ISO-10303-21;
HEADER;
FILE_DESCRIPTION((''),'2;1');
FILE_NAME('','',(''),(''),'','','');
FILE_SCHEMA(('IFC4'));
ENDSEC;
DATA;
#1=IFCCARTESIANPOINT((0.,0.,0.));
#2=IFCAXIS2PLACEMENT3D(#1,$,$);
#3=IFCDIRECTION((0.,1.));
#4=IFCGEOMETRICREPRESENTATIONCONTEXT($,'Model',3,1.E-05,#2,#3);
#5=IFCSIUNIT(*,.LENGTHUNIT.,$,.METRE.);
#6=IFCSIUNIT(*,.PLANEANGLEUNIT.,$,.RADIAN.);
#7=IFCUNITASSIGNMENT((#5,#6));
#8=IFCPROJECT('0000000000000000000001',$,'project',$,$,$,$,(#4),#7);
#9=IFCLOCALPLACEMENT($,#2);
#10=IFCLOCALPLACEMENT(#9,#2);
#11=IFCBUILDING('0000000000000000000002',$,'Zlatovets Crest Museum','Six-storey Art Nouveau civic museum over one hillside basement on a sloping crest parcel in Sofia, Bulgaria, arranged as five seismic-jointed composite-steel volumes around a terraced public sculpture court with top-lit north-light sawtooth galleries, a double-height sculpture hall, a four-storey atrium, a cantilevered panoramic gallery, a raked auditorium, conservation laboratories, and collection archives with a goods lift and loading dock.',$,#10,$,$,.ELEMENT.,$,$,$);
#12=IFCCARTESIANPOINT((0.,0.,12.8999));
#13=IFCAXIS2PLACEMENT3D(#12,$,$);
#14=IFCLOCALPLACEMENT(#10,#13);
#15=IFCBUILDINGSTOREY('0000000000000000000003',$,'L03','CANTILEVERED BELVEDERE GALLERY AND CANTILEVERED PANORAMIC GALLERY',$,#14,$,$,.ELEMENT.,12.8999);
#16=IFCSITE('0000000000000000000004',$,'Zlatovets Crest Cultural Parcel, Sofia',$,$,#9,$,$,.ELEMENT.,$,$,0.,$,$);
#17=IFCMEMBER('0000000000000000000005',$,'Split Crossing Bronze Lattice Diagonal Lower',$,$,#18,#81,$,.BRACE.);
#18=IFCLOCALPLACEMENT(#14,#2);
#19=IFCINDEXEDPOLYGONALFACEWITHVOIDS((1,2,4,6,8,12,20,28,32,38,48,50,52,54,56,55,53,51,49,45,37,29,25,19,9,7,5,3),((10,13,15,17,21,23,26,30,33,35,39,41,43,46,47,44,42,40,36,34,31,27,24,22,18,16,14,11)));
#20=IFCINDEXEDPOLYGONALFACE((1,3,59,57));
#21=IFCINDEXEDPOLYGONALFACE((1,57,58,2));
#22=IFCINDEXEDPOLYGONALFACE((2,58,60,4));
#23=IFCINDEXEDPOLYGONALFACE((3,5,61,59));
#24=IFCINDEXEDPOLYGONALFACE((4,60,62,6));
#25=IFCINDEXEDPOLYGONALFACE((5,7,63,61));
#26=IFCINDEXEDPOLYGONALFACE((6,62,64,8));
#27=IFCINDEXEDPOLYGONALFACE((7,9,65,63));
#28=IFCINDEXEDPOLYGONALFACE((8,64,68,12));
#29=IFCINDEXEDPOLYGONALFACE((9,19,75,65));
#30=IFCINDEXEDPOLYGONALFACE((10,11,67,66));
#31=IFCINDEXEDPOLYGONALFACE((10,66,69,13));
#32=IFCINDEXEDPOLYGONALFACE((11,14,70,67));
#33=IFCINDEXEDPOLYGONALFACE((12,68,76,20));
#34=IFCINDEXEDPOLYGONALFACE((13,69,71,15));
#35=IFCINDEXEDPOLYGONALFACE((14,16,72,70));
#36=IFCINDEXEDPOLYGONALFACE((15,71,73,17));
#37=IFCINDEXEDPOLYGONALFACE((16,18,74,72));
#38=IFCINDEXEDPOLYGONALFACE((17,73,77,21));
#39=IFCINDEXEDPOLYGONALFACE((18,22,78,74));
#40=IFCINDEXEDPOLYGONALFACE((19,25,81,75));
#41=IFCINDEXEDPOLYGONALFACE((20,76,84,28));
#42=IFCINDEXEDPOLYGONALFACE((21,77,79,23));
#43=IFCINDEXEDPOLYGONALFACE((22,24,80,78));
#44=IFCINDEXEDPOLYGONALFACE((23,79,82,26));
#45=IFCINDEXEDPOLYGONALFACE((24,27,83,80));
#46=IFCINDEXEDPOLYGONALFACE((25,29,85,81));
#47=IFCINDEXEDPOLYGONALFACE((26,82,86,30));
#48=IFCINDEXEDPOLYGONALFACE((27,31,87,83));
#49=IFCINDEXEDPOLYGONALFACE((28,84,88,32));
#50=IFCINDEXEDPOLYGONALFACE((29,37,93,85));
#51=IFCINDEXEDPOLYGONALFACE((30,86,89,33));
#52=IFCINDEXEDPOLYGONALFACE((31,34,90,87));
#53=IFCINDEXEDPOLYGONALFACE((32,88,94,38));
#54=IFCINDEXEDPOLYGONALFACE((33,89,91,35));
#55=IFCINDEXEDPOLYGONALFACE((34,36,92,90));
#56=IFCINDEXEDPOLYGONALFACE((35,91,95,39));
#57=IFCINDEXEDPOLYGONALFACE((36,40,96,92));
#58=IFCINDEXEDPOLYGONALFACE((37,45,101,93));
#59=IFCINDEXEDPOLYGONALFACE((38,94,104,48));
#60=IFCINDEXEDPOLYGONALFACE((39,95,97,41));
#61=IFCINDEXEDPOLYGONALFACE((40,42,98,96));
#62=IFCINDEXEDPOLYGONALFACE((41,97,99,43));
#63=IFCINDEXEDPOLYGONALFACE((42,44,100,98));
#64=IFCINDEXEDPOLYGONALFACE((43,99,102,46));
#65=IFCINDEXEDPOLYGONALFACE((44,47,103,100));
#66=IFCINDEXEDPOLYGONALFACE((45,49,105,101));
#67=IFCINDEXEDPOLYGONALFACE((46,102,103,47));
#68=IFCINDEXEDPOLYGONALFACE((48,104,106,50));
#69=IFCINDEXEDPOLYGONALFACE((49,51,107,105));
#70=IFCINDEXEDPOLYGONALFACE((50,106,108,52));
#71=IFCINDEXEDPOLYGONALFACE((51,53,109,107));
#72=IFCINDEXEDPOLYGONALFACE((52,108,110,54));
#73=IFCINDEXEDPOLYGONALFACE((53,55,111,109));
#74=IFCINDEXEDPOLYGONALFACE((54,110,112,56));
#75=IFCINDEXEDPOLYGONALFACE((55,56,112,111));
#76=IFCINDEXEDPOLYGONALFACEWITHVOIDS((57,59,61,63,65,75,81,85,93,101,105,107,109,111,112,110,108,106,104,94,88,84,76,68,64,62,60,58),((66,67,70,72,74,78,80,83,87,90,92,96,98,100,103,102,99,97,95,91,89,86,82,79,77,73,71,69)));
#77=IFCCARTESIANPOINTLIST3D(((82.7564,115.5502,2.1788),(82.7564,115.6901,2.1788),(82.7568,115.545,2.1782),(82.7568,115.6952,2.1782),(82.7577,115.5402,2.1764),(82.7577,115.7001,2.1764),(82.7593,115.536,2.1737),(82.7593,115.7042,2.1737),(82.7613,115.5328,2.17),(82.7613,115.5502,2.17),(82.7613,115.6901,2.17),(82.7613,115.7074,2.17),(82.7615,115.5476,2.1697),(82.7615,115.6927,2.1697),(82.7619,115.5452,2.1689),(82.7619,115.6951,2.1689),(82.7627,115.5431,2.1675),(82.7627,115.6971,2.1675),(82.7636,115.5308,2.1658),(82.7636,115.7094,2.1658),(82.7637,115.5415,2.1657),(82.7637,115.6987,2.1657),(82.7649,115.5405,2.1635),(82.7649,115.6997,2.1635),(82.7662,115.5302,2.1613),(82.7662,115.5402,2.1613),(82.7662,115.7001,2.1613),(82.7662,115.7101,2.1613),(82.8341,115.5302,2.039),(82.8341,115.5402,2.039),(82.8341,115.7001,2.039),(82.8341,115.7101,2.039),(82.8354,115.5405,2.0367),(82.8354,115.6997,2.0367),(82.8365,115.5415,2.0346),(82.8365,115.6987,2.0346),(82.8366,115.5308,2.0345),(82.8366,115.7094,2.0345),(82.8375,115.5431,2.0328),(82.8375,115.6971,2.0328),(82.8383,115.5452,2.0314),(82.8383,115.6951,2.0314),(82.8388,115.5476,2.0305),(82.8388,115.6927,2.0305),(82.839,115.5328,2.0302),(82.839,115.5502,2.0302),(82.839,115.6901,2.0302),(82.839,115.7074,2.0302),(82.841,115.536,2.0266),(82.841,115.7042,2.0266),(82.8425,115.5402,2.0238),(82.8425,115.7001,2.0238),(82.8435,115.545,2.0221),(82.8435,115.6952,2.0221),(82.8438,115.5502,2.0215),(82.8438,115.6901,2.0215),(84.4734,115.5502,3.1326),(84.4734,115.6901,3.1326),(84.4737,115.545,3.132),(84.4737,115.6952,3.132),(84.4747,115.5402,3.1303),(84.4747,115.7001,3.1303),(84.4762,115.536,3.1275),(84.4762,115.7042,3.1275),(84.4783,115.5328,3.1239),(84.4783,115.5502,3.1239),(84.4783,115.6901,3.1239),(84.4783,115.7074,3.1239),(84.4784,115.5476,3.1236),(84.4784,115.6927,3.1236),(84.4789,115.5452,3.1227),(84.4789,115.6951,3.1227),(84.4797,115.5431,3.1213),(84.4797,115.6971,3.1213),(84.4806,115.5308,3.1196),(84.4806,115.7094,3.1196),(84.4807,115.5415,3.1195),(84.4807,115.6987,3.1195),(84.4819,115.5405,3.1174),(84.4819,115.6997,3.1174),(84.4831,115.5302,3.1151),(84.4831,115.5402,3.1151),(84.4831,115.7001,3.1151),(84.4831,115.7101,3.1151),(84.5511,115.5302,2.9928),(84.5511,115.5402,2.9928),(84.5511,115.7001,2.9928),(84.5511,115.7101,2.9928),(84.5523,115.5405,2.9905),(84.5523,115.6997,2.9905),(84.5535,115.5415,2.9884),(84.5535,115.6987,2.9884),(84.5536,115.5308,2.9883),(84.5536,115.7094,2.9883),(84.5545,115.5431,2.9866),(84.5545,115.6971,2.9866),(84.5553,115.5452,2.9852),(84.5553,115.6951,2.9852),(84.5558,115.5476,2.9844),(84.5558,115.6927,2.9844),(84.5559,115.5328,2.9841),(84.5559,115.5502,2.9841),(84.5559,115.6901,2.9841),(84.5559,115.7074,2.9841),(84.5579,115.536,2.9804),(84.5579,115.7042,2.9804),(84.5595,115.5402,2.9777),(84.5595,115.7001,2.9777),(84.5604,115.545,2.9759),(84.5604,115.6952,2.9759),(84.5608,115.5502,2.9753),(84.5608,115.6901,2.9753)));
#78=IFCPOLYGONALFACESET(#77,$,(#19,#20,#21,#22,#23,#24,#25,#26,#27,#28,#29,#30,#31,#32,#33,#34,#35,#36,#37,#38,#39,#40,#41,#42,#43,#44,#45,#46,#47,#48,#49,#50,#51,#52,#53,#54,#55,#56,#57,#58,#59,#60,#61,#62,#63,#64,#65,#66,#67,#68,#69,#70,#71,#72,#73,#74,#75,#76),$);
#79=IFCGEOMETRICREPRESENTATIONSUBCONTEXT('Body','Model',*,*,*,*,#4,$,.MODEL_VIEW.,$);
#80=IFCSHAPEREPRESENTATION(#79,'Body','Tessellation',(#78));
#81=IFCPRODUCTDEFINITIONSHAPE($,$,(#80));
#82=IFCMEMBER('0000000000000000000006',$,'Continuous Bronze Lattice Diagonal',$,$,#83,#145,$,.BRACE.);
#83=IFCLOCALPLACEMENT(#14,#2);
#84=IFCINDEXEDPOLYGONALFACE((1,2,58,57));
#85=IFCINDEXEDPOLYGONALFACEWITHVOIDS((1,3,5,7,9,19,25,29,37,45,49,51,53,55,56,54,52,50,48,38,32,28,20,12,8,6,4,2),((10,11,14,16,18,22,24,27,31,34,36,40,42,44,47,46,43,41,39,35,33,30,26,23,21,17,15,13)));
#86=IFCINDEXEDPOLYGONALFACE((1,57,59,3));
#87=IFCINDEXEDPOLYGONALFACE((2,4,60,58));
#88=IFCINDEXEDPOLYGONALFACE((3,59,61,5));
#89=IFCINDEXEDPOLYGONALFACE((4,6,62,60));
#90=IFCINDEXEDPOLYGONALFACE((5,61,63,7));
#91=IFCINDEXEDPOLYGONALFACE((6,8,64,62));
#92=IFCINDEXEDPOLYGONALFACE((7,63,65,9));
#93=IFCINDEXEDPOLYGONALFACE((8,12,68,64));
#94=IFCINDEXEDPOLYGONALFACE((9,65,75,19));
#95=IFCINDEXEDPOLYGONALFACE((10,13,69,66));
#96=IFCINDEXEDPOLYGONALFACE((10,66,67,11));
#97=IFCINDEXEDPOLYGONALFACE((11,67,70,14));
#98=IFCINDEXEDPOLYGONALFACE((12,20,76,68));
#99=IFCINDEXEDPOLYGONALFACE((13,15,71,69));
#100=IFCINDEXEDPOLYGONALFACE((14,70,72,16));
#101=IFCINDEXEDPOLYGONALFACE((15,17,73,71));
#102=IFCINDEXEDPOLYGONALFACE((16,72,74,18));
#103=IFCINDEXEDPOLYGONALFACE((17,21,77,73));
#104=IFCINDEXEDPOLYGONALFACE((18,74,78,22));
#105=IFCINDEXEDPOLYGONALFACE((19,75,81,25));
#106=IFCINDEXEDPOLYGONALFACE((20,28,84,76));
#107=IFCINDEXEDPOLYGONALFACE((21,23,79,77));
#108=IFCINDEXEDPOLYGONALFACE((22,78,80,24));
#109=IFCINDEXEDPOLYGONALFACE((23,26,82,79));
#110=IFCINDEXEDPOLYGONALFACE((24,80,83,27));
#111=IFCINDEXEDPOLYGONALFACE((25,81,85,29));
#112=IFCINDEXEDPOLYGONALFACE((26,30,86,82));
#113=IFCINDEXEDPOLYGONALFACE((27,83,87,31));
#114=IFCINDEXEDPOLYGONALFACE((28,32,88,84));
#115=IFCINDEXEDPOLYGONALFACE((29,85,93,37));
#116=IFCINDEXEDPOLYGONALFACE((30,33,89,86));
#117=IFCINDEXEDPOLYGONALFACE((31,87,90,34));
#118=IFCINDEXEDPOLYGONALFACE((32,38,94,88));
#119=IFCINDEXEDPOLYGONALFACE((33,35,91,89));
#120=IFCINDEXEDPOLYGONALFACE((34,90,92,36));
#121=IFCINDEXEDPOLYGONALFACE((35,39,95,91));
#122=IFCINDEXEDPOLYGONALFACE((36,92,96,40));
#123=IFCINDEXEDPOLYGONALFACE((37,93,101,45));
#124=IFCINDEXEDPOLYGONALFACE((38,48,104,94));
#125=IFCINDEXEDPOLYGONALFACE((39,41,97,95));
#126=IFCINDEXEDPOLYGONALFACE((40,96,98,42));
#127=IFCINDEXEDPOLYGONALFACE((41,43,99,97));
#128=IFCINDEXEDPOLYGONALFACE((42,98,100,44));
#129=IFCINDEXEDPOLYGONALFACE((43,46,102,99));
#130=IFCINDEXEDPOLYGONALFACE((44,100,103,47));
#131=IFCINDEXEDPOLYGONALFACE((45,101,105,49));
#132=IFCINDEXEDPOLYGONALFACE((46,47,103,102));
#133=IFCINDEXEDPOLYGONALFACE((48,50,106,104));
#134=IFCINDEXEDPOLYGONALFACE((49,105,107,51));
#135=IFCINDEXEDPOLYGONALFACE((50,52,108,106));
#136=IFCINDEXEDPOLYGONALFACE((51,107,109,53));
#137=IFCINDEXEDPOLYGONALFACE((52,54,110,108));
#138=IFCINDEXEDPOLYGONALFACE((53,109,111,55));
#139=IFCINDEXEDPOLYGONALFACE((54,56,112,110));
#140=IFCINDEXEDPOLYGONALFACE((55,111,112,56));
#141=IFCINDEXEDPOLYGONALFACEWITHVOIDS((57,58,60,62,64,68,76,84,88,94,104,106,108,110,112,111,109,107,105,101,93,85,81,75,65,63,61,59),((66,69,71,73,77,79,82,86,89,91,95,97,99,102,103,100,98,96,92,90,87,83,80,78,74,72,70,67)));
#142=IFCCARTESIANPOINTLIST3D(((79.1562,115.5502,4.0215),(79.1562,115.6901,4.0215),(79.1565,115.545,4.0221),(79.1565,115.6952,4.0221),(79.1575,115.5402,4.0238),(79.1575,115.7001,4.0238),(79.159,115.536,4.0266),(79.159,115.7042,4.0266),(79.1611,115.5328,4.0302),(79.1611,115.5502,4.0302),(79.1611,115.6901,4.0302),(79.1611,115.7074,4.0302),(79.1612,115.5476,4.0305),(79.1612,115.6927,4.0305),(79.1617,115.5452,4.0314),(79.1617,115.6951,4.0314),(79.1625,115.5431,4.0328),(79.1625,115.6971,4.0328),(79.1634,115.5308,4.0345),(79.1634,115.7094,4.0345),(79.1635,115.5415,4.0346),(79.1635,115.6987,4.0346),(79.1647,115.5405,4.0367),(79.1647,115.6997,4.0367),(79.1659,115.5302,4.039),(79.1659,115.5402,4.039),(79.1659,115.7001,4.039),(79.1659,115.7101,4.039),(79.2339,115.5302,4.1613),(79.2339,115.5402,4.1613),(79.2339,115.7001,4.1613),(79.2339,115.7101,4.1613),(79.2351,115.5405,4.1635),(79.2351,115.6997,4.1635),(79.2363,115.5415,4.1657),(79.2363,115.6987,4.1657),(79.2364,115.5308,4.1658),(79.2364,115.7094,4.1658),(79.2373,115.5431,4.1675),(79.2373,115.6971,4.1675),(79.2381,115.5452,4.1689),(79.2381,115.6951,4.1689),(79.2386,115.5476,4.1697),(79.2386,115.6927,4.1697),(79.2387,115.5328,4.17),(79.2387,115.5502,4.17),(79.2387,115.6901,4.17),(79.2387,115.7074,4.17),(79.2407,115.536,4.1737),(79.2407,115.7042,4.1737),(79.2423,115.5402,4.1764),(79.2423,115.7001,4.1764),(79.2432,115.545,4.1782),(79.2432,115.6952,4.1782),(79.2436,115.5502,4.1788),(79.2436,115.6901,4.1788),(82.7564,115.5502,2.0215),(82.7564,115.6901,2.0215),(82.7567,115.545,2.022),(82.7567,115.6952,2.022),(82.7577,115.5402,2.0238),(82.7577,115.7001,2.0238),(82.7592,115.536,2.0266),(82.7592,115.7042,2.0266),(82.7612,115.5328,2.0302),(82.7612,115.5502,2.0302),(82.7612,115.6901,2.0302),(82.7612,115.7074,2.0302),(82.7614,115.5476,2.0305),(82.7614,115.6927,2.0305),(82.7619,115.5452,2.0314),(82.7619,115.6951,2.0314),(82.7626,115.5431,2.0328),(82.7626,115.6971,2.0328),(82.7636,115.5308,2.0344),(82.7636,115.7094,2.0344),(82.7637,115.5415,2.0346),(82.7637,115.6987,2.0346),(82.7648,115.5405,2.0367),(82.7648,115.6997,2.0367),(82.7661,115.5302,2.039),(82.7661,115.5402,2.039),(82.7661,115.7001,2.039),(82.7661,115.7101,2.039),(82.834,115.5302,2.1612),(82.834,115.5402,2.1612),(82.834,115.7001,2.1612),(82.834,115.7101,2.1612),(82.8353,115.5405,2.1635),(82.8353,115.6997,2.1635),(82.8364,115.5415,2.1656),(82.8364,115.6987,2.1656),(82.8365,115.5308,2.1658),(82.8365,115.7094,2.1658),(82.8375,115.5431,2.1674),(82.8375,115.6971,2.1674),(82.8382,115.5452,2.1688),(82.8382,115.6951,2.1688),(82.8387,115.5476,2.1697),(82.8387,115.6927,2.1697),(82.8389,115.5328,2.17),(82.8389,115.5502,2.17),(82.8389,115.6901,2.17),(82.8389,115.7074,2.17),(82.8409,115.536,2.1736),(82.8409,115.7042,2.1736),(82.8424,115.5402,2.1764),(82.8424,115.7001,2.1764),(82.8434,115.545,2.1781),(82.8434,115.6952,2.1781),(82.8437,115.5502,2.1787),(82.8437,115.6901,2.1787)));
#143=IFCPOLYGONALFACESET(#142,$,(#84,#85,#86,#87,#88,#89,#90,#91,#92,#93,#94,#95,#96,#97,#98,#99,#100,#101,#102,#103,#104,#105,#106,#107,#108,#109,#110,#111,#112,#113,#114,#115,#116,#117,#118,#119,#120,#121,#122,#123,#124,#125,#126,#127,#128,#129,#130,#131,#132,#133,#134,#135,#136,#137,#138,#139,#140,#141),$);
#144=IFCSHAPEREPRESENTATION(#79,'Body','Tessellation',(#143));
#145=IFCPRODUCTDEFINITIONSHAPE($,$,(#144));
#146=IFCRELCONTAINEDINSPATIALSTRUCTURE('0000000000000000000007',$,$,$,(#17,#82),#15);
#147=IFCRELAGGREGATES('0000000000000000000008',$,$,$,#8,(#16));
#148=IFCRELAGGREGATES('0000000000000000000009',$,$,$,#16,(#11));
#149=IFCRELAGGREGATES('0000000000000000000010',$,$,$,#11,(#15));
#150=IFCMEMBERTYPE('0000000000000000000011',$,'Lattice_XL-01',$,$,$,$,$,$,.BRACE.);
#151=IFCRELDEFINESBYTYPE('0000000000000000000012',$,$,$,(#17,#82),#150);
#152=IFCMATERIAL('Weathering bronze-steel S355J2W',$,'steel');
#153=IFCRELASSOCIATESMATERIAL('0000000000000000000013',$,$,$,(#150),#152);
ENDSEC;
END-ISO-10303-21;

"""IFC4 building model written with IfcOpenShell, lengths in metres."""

from ifc_helpers import new_model, si_unit, direction, frame, origin, origin_2d, place, context, subcontext, project, spatial, hollow_rectangle, extrude, material, material_profile, profile_set, type_object, element, save


model = new_model("IFC4")

# Units and contexts
model_context = context("Model", 3, precision=1e-05, world=origin(), true_north=direction((0.0, 1.0)))
body_context = subcontext(model_context, "Body", "Model", "MODEL_VIEW")
ifc_project = project(units=[si_unit("LENGTHUNIT", "METRE"), si_unit("PLANEANGLEUNIT", "RADIAN")], contexts=[model_context])

# Site, building, storey
site_placement = place(None, origin())
site = spatial("IfcSite", under=ifc_project, at=site_placement, Name="Zlatovets Crest Cultural Parcel, Sofia", CompositionType="ELEMENT", RefElevation=0.0)
building_placement = place(site_placement, origin())
building = spatial("IfcBuilding", under=site, at=building_placement, Name="Zlatovets Crest Museum", Description="Six-storey Art Nouveau civic museum over one hillside basement on a sloping crest parcel in Sofia, Bulgaria, arranged as five seismic-jointed composite-steel volumes around a terraced public sculpture court with top-lit north-light sawtooth galleries, a double-height sculpture hall, a four-storey atrium, a cantilevered panoramic gallery, a raked auditorium, conservation laboratories, and collection archives with a goods lift and loading dock.", CompositionType="ELEMENT")
storey_placement = place(building_placement, frame((0.0, 0.0, 12.8999)))
storey = spatial("IfcBuildingStorey", under=building, at=storey_placement, Name="L03", Description="CANTILEVERED BELVEDERE GALLERY AND CANTILEVERED PANORAMIC GALLERY", CompositionType="ELEMENT", Elevation=12.8999)

# Members
ifc_material_1 = material(Name="Weathering bronze-steel S355J2W", Category="steel")
ifc_material_profile_1 = material_profile(ifc_material_1, hollow_rectangle(XDim=0.1799, YDim=0.1799, WallThickness=0.01, InnerFilletRadius=0.01, OuterFilletRadius=0.02, at=origin_2d()), Name="SHS 180x180x10.0")
ifc_profile_set_1 = profile_set([ifc_material_profile_1], Name="Weathering bronze-steel S355J2W")
member_type_1 = type_object("IfcMemberType", Name="Lattice_XL-01", PredefinedType="BRACE", material=ifc_profile_set_1)
member_1_placement = place(storey_placement, frame((84.5171, 115.6201, 3.054), z_axis=(-0.874169, 0.0, -0.485622), x_axis=(0.0, -1.0, 0.0)))
element("IfcMember", 1, at=member_1_placement, inside=storey, type_object=member_type_1, Name="Split Crossing Bronze Lattice Diagonal Lower", PredefinedType="BRACE", context=body_context, shape_type="SweptSolid", body=[
    extrude(hollow_rectangle(XDim=0.1799, YDim=0.1799, WallThickness=0.01, InnerFilletRadius=0.01, OuterFilletRadius=0.02, at=origin_2d()), origin(), (0.0, 0.0, 1.0), 1.9641),
])
member_2_placement = place(storey_placement, frame((82.8, 115.6201, 2.1001), z_axis=(-0.874163, 0.0, 0.485633), x_axis=(0.0, -1.0, 0.0)))
element("IfcMember", 2, at=member_2_placement, inside=storey, type_object=member_type_1, Name="Continuous Bronze Lattice Diagonal", PredefinedType="BRACE", context=body_context, shape_type="SweptSolid", body=[
    extrude(hollow_rectangle(XDim=0.1799, YDim=0.1799, WallThickness=0.01, InnerFilletRadius=0.01, OuterFilletRadius=0.02, at=origin_2d()), origin(), (0.0, 0.0, 1.0), 4.1184),
])

save(model, "model.ifc")
